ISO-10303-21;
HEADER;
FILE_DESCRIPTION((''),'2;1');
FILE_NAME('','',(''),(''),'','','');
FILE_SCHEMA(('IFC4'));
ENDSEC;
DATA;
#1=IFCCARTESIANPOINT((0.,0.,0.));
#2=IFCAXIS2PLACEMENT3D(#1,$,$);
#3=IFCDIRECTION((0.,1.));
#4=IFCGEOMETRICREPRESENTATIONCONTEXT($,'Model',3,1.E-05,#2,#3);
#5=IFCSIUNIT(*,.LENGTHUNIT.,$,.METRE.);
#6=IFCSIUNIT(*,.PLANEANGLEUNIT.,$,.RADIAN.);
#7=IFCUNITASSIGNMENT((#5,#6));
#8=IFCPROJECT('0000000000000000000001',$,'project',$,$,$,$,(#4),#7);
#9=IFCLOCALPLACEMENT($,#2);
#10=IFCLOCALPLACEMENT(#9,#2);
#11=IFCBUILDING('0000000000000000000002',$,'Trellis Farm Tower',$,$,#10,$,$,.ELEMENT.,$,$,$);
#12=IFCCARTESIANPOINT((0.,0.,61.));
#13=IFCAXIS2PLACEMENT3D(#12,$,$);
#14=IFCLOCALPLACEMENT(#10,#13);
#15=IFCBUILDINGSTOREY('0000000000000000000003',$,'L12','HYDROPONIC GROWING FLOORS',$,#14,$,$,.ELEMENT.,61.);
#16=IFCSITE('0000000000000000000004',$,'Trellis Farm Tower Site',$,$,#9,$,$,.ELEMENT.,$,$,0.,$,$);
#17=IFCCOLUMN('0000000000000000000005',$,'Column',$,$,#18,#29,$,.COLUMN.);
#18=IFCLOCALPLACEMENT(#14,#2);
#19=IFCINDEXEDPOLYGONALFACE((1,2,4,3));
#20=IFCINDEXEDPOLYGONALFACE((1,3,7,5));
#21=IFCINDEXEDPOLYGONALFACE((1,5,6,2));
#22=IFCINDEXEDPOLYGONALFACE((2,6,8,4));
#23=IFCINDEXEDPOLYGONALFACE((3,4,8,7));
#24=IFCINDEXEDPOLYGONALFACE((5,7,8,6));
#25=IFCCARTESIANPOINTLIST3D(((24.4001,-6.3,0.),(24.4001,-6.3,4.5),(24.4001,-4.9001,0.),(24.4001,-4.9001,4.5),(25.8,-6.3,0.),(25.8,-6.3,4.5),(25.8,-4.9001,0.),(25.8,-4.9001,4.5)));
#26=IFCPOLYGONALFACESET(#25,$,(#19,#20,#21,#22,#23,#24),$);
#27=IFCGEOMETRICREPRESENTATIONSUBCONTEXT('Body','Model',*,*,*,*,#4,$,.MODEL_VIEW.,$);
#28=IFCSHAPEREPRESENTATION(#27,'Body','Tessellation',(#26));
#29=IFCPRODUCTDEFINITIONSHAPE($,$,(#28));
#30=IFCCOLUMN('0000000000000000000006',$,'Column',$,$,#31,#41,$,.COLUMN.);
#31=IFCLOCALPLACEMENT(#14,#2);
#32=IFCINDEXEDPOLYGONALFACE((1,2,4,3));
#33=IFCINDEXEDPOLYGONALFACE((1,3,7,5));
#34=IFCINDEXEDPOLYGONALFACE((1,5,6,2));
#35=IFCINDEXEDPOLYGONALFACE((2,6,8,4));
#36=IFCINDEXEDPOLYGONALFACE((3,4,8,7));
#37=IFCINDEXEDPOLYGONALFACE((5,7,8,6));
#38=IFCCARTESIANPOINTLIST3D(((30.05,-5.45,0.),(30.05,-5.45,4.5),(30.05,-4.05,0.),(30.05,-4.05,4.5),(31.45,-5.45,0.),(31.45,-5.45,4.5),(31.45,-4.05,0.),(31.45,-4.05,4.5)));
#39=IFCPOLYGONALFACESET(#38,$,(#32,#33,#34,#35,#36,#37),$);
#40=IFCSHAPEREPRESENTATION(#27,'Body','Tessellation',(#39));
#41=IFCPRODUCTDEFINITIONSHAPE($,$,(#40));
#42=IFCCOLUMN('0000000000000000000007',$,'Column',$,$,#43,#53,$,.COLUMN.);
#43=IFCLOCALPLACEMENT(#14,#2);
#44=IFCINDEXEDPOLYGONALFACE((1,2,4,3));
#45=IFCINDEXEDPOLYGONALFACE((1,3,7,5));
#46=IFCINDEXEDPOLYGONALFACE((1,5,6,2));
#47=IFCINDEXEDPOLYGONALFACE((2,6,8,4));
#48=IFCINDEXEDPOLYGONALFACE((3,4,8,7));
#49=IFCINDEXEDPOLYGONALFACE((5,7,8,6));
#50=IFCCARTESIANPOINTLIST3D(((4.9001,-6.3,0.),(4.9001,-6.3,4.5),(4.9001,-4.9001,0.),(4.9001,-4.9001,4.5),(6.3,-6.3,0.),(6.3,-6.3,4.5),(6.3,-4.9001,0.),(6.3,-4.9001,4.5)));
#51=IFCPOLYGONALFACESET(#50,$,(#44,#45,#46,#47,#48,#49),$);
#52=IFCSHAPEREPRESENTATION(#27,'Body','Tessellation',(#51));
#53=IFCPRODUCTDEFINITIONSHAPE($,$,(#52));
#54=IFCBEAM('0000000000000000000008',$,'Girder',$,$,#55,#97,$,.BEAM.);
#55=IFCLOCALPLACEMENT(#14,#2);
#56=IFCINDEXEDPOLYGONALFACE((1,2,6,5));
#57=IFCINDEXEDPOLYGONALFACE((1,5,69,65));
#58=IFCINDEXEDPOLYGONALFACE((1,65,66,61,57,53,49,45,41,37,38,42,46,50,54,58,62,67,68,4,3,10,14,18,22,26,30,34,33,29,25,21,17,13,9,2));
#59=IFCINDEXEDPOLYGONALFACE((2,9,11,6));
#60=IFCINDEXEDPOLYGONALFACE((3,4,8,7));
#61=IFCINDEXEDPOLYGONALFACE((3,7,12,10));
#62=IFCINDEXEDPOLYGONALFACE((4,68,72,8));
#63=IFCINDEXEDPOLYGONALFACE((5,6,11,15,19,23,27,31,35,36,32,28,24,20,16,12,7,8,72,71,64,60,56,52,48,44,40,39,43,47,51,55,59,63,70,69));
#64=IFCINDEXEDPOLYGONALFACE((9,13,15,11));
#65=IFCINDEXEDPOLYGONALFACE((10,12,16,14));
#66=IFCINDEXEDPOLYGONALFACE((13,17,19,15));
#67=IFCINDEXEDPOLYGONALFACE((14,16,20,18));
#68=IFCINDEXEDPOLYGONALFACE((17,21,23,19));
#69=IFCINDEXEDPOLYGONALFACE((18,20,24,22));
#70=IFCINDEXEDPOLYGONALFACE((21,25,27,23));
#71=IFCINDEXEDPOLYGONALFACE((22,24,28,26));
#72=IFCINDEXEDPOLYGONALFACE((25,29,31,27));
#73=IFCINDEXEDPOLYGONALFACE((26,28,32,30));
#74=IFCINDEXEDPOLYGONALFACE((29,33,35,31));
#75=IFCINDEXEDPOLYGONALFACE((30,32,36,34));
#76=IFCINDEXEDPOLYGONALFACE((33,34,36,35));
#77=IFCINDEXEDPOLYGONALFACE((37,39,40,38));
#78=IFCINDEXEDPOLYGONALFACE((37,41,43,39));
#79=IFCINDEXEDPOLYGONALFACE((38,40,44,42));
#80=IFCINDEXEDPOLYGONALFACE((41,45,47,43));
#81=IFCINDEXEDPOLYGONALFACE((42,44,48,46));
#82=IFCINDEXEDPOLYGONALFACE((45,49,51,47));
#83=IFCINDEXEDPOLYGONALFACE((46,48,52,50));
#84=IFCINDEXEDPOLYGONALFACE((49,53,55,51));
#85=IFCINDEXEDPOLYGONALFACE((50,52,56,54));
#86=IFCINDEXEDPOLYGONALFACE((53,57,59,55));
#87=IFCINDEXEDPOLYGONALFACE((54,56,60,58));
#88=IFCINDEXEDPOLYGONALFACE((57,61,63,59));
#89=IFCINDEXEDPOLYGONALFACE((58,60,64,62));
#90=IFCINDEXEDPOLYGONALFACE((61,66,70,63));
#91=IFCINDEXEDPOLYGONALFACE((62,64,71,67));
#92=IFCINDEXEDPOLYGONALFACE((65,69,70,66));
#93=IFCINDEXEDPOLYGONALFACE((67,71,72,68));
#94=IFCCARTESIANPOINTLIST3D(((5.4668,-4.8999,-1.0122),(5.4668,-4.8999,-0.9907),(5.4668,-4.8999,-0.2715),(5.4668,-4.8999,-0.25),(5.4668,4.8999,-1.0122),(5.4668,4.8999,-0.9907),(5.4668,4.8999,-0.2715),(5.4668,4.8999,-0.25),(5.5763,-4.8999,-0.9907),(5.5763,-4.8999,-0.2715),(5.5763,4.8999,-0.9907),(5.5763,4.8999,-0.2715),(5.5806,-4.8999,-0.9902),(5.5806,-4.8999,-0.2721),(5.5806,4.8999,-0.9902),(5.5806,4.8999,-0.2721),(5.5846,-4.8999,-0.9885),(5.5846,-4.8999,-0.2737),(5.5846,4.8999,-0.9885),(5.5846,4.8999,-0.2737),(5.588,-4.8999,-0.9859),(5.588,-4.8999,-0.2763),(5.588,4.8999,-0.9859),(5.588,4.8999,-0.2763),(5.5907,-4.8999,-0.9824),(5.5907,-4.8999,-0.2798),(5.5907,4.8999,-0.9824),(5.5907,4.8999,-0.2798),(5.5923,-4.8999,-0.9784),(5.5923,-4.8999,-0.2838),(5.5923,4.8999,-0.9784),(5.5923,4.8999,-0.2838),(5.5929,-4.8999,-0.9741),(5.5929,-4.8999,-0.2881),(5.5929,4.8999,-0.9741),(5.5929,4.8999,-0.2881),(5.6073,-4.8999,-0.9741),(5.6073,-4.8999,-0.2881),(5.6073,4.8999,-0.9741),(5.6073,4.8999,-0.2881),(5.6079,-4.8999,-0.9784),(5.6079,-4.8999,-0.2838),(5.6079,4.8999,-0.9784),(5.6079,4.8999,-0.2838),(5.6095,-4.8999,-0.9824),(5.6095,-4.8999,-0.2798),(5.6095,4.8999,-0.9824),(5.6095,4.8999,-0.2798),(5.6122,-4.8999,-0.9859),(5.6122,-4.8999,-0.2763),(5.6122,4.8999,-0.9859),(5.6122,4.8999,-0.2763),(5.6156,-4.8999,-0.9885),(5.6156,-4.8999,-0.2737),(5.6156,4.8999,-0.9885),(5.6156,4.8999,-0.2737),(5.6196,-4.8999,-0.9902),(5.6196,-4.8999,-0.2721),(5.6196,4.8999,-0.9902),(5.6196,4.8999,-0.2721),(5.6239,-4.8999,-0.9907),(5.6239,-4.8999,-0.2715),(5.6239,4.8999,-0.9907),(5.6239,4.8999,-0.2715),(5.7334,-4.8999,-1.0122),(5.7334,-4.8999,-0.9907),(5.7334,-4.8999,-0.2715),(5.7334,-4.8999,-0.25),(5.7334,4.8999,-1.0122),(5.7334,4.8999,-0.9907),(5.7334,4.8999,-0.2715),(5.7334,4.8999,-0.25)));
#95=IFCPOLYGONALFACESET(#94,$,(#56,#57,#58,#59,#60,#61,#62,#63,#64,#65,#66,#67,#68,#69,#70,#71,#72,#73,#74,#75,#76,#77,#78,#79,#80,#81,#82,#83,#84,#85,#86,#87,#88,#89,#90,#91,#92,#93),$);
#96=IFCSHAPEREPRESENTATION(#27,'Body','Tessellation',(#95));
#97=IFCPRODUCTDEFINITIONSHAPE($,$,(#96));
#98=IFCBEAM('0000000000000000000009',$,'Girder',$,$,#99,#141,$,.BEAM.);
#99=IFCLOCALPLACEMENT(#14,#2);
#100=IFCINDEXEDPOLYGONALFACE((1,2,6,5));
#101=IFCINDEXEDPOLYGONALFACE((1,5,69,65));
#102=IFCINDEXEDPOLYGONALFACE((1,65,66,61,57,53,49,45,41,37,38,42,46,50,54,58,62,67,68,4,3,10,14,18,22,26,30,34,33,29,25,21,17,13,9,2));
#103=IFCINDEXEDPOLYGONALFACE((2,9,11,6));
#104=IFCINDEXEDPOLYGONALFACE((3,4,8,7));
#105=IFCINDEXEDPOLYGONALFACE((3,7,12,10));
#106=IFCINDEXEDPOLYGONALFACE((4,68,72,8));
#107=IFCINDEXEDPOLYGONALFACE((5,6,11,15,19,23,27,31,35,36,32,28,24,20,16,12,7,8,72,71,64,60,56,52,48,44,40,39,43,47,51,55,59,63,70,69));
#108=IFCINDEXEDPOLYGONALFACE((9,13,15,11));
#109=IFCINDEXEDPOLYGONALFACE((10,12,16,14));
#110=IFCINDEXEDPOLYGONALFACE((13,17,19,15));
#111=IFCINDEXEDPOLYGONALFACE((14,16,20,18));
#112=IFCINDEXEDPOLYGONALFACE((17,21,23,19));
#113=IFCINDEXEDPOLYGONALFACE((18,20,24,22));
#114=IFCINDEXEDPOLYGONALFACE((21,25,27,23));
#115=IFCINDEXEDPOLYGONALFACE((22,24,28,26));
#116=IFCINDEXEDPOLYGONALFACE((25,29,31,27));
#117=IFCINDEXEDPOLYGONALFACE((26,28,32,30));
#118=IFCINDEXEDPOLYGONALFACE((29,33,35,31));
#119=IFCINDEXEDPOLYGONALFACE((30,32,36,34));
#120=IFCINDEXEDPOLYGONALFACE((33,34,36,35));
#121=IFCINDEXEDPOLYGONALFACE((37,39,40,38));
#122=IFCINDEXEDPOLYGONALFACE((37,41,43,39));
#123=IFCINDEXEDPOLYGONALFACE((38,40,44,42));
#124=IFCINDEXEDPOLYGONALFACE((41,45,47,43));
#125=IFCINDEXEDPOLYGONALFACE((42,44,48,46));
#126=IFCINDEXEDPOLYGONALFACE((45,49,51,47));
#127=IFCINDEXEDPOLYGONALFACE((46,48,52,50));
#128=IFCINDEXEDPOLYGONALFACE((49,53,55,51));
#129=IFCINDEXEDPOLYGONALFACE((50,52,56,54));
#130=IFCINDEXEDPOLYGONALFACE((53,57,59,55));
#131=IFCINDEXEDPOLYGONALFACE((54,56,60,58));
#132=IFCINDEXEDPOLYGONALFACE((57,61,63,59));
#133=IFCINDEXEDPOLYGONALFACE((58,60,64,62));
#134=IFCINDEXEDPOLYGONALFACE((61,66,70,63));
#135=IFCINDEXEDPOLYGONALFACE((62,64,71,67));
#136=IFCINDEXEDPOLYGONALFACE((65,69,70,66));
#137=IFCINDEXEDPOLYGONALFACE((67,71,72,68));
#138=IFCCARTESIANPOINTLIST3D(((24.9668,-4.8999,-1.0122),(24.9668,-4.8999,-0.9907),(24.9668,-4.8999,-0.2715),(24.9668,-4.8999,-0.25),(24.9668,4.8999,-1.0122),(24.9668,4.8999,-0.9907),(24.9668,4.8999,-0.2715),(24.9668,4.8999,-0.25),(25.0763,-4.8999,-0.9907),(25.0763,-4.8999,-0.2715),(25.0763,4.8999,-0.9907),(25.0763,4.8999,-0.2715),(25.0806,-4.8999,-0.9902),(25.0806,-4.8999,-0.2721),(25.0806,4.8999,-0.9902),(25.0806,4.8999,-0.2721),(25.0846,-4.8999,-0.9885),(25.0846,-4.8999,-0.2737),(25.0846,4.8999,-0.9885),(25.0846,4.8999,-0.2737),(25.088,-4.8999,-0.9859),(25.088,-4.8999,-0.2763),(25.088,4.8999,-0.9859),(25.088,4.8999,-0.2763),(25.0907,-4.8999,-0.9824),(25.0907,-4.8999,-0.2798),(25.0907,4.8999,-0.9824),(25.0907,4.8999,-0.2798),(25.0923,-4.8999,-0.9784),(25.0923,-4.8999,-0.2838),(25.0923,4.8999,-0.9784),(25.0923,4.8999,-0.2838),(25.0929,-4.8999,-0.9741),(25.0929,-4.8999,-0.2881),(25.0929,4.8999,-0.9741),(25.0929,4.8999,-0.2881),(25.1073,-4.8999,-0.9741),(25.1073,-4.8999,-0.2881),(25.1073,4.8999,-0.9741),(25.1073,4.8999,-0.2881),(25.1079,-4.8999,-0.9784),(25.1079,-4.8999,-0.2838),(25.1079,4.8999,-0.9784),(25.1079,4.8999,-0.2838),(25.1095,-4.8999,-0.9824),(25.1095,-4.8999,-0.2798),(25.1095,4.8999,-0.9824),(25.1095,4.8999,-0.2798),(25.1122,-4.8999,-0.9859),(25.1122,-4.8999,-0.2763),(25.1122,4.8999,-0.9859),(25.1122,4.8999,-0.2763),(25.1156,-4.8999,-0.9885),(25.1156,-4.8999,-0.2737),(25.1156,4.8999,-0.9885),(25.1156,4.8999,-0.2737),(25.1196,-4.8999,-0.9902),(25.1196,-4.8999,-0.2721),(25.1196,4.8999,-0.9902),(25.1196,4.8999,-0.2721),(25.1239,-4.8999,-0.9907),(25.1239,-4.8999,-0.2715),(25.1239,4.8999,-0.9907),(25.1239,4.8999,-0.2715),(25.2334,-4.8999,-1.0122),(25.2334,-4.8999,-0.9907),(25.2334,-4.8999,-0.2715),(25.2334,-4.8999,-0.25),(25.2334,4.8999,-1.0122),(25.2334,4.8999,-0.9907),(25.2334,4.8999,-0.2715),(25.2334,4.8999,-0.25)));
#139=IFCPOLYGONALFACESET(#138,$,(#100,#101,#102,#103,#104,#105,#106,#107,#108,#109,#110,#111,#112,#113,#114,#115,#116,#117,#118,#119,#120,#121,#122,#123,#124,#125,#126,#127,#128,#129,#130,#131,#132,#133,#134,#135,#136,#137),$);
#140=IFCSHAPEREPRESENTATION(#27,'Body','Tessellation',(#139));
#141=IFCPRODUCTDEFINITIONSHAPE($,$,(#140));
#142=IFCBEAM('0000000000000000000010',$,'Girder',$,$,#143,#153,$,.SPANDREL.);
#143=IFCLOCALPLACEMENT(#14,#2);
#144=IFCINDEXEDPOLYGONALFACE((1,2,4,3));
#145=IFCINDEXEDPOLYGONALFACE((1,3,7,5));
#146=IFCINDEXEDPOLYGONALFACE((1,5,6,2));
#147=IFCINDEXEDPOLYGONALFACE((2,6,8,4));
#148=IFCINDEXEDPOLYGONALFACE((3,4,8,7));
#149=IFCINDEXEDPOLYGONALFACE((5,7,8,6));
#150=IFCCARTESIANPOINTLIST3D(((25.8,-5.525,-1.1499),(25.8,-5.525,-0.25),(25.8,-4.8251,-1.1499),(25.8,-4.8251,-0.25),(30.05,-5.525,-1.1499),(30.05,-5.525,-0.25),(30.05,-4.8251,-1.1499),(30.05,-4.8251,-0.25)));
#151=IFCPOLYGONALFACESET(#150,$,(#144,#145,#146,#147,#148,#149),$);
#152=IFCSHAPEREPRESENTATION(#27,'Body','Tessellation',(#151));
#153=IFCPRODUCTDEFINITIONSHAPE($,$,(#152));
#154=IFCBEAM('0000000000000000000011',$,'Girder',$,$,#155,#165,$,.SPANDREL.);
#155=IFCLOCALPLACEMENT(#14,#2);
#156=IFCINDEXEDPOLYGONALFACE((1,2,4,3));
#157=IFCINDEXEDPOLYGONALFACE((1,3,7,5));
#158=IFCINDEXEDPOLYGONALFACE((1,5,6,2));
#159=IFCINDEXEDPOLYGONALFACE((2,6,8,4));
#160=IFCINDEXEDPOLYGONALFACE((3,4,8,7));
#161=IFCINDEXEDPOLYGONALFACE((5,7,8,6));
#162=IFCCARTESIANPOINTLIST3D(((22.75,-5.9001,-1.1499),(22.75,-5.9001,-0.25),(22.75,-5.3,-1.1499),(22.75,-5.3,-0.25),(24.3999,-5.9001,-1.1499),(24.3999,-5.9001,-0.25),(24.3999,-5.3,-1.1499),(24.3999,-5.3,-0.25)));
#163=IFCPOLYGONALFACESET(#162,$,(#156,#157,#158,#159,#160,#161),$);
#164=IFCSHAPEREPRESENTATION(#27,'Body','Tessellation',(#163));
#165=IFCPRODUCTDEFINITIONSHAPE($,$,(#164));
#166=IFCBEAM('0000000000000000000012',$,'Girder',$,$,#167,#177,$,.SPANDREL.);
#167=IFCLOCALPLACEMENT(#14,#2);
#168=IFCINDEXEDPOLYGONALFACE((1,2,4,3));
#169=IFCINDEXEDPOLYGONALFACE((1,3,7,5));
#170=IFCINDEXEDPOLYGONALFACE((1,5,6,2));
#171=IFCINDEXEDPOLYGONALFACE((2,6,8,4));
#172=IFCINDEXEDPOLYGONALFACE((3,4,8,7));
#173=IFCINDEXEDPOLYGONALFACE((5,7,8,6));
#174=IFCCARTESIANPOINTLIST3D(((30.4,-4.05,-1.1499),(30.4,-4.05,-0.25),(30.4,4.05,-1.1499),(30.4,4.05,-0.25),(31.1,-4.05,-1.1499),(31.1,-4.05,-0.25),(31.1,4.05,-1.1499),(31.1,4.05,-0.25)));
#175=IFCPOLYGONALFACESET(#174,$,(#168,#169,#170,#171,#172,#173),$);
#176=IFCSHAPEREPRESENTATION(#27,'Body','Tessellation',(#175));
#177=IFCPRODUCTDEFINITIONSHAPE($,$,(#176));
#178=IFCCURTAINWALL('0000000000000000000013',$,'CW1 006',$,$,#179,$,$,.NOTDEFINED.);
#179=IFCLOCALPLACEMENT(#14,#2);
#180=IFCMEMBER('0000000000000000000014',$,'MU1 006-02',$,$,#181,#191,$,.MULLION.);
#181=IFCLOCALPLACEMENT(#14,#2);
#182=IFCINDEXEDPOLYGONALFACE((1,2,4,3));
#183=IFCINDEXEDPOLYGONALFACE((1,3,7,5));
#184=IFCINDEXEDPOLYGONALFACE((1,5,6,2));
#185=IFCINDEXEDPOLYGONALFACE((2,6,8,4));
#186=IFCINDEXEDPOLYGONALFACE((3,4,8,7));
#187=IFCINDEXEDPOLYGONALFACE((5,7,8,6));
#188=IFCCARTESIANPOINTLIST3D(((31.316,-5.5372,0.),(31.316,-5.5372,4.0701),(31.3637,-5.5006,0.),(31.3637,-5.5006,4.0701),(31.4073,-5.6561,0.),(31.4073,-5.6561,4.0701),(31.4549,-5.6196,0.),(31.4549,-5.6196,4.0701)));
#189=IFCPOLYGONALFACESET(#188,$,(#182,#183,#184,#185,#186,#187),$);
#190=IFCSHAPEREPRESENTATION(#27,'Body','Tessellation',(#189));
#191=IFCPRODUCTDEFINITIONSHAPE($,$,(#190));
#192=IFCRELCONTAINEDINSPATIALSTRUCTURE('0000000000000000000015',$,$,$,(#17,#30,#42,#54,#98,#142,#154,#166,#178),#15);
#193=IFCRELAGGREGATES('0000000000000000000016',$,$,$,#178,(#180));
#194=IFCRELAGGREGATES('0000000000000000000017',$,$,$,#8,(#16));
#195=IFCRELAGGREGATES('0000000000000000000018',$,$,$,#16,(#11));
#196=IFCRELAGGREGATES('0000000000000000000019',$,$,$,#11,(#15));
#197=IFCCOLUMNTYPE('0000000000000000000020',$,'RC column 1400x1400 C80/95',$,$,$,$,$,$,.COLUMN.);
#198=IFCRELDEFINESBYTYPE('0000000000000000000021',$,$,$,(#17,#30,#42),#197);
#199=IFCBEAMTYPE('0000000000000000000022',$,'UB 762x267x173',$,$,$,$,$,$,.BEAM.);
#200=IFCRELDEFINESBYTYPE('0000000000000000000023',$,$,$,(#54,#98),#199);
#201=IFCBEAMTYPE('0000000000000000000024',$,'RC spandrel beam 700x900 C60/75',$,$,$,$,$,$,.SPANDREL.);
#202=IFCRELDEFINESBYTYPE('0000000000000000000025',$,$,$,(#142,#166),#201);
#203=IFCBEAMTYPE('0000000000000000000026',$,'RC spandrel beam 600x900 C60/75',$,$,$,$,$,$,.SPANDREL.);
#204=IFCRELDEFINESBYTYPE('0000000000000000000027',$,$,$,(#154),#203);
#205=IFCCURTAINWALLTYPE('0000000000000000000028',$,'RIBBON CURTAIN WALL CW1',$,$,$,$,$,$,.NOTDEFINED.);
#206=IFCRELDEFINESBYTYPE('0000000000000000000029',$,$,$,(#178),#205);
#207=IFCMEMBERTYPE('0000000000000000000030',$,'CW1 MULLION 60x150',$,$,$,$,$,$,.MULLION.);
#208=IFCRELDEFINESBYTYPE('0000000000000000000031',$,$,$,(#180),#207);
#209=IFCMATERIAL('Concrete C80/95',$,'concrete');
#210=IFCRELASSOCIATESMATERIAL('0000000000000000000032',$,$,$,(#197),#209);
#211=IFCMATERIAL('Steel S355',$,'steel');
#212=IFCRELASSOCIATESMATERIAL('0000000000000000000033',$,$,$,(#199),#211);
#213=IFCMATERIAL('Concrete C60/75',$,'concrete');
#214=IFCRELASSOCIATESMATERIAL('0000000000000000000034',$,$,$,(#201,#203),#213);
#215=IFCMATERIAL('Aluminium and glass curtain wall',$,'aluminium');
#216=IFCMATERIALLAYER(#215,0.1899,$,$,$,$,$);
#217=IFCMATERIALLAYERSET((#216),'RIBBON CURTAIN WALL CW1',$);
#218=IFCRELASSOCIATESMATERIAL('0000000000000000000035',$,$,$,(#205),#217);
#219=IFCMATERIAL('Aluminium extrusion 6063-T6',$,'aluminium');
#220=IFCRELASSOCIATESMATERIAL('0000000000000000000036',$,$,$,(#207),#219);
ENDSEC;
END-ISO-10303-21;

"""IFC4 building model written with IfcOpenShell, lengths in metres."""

from ifc_helpers import new_model, si_unit, direction, frame, origin, origin_2d, place, context, subcontext, project, spatial, rectangle, i_section, extrude, source, transform, mapped, material, layer, layer_set, material_profile, profile_set, type_object, element, aggregate, save


model = new_model("IFC4")

# Units and contexts
model_context = context("Model", 3, precision=1e-05, world=origin(), true_north=direction((0.0, 1.0)))
body_context = subcontext(model_context, "Body", "Model", "MODEL_VIEW")
ifc_project = project(units=[si_unit("LENGTHUNIT", "METRE"), si_unit("PLANEANGLEUNIT", "RADIAN")], contexts=[model_context])

# Site, building, storey
site_placement = place(None, origin())
site = spatial("IfcSite", under=ifc_project, at=site_placement, Name="Trellis Farm Tower Site", CompositionType="ELEMENT", RefElevation=0.0)
building_placement = place(site_placement, origin())
building = spatial("IfcBuilding", under=site, at=building_placement, Name="Trellis Farm Tower", CompositionType="ELEMENT")
storey_placement = place(building_placement, frame((0.0, 0.0, 61.0)))
storey = spatial("IfcBuildingStorey", under=building, at=storey_placement, Name="L12", Description="HYDROPONIC GROWING FLOORS", CompositionType="ELEMENT", Elevation=61.0)

# Columns
ifc_material_1 = material(Name="Concrete C80/95", Category="concrete")
ifc_material_profile_1 = material_profile(ifc_material_1, rectangle(XDim=1.3999, YDim=1.3999, at=origin_2d()), Name="RC column 1400x1400 C80/95")
ifc_profile_set_1 = profile_set([ifc_material_profile_1], Name="Concrete C80/95")
column_type = type_object("IfcColumnType", Name="RC column 1400x1400 C80/95", PredefinedType="COLUMN", material=ifc_profile_set_1)
shared_shape_1 = source(origin(), body_context, "Body", "SweptSolid", [
    extrude(rectangle(XDim=1.3999, YDim=1.3999, at=origin_2d()), origin(), (0.0, 0.0, 1.0), 4.5),
])
for number, where, z_axis, x_axis, name in (
    (1, (25.1001, -5.6001, 0.0), (0.0, 0.0, 1.0), (1.0, 0.0, 0.0), "Column"),
    (2, (30.75, -4.75, 0.0), (0.0, 0.0, 1.0), (1.0, 0.0, 0.0), "Column"),
    (3, (5.6001, -5.6001, 0.0), (0.0, 0.0, 1.0), (1.0, 0.0, 0.0), "Column"),
):
    element("IfcColumn", number, at=place(storey_placement, frame(where, z_axis=z_axis, x_axis=x_axis)), inside=storey, type_object=column_type, Name=name, PredefinedType="COLUMN", context=body_context, shape_type="MappedRepresentation", body=[
        mapped(shared_shape_1, transform((0.0, 0.0, 0.0))),
    ])

# Beams
ifc_material_2 = material(Name="Steel S355", Category="steel")
ifc_material_profile_2 = material_profile(ifc_material_2, i_section(OverallWidth=0.2666, OverallDepth=0.7622, WebThickness=0.0144, FlangeThickness=0.0215, FilletRadius=0.0166, at=origin_2d()), Name="UB 762x267x173")
ifc_profile_set_2 = profile_set([ifc_material_profile_2], Name="Steel S355")
beam_type_1 = type_object("IfcBeamType", Name="UB 762x267x173", PredefinedType="BEAM", material=ifc_profile_set_2)
shared_shape_2 = source(origin(), body_context, "Body", "SweptSolid", [
    extrude(i_section(OverallWidth=0.2666, OverallDepth=0.7622, WebThickness=0.0144, FlangeThickness=0.0215, FilletRadius=0.0166, at=origin_2d()), origin(), (0.0, 0.0, 1.0), 9.7998),
])
for number, where, z_axis, x_axis, name in (
    (4, (5.6001, -4.8999, -0.6311), (0.0, 1.0, 0.0), (-1.0, 0.0, 0.0), "Girder"),
    (5, (25.1001, -4.8999, -0.6311), (0.0, 1.0, 0.0), (-1.0, 0.0, 0.0), "Girder"),
):
    element("IfcBeam", number, at=place(storey_placement, frame(where, z_axis=z_axis, x_axis=x_axis)), inside=storey, type_object=beam_type_1, Name=name, PredefinedType="BEAM", context=body_context, shape_type="MappedRepresentation", body=[
        mapped(shared_shape_2, transform((0.0, 0.0, 0.0))),
    ])
ifc_material_3 = material(Name="Concrete C60/75", Category="concrete")
ifc_material_profile_3 = material_profile(ifc_material_3, rectangle(XDim=0.7, YDim=0.8999, at=origin_2d()), Name="RC spandrel beam 700x900 C60/75")
ifc_profile_set_3 = profile_set([ifc_material_profile_3], Name="Concrete C60/75")
beam_type_2 = type_object("IfcBeamType", Name="RC spandrel beam 700x900 C60/75", PredefinedType="SPANDREL", material=ifc_profile_set_3)
shared_shape_3 = source(origin(), body_context, "Body", "SweptSolid", [
    extrude(rectangle(XDim=0.7, YDim=0.8999, at=origin_2d()), origin(), (0.0, 0.0, 1.0), 4.25),
])
beam_1_placement = place(storey_placement, frame((25.8, -5.175, -0.7), z_axis=(1.0, 0.0, 0.0), x_axis=(0.0, 1.0, 0.0)))
element("IfcBeam", 6, at=beam_1_placement, inside=storey, type_object=beam_type_2, Name="Girder", PredefinedType="SPANDREL", context=body_context, shape_type="MappedRepresentation", body=[
    mapped(shared_shape_3, transform((0.0, 0.0, 0.0))),
])
ifc_material_profile_4 = material_profile(ifc_material_3, rectangle(XDim=0.6001, YDim=0.8999, at=origin_2d()), Name="RC spandrel beam 600x900 C60/75")
ifc_profile_set_4 = profile_set([ifc_material_profile_4], Name="Concrete C60/75")
beam_type_3 = type_object("IfcBeamType", Name="RC spandrel beam 600x900 C60/75", PredefinedType="SPANDREL", material=ifc_profile_set_4)
shared_shape_4 = source(origin(), body_context, "Body", "SweptSolid", [
    extrude(rectangle(XDim=0.6001, YDim=0.8999, at=origin_2d()), origin(), (0.0, 0.0, 1.0), 1.6499),
])
beam_2_placement = place(storey_placement, frame((22.75, -5.6001, -0.7), z_axis=(1.0, 0.0, 0.0), x_axis=(0.0, 1.0, 0.0)))
element("IfcBeam", 7, at=beam_2_placement, inside=storey, type_object=beam_type_3, Name="Girder", PredefinedType="SPANDREL", context=body_context, shape_type="MappedRepresentation", body=[
    mapped(shared_shape_4, transform((0.0, 0.0, 0.0))),
])
shared_shape_5 = source(origin(), body_context, "Body", "SweptSolid", [
    extrude(rectangle(XDim=0.7, YDim=0.8999, at=origin_2d()), origin(), (0.0, 0.0, 1.0), 8.1001),
])
beam_3_placement = place(storey_placement, frame((30.75, -4.05, -0.7), z_axis=(0.0, 1.0, 0.0), x_axis=(-1.0, 0.0, 0.0)))
element("IfcBeam", 8, at=beam_3_placement, inside=storey, type_object=beam_type_2, Name="Girder", PredefinedType="SPANDREL", context=body_context, shape_type="MappedRepresentation", body=[
    mapped(shared_shape_5, transform((0.0, 0.0, 0.0))),
])

# Curtain wall, member
ifc_material_4 = material(Name="Aluminium and glass curtain wall", Category="aluminium")
ifc_layer_1 = layer(ifc_material_4, 0.1899)
ifc_layer_set_1 = layer_set([ifc_layer_1], Name="RIBBON CURTAIN WALL CW1")
curtain_wall_type = type_object("IfcCurtainWallType", Name="RIBBON CURTAIN WALL CW1", PredefinedType="NOTDEFINED", material=ifc_layer_set_1)
placement = place(storey_placement, origin())
curtain_wall = element("IfcCurtainWall", 9, at=placement, inside=storey, type_object=curtain_wall_type, Name="CW1 006", PredefinedType="NOTDEFINED")
ifc_material_5 = material(Name="Aluminium extrusion 6063-T6", Category="aluminium")
ifc_material_profile_5 = material_profile(ifc_material_5, rectangle(XDim=0.0601, YDim=0.1499, at=origin_2d()), Name="MULLION 60x150")
ifc_profile_set_5 = profile_set([ifc_material_profile_5], Name="Aluminium extrusion 6063-T6")
member_type = type_object("IfcMemberType", Name="CW1 MULLION 60x150", PredefinedType="MULLION", material=ifc_profile_set_5)
shared_shape_6 = source(origin(), body_context, "Body", "SweptSolid", [
    extrude(rectangle(XDim=0.0601, YDim=0.1499, at=origin_2d()), origin(), (0.0, 0.0, 1.0), 4.0701),
])
member_placement = place(storey_placement, frame((31.3855, -5.5784, 0.0), z_axis=(0.0, 0.0, 1.0), x_axis=(0.793353, 0.608761, 0.0)))
member = element("IfcMember", 10, at=member_placement, type_object=member_type, Name="MU1 006-02", PredefinedType="MULLION", context=body_context, shape_type="MappedRepresentation", body=[
    mapped(shared_shape_6, transform((0.0, 0.0, 0.0))),
])
aggregate(curtain_wall, [member])

save(model, "model.ifc")
